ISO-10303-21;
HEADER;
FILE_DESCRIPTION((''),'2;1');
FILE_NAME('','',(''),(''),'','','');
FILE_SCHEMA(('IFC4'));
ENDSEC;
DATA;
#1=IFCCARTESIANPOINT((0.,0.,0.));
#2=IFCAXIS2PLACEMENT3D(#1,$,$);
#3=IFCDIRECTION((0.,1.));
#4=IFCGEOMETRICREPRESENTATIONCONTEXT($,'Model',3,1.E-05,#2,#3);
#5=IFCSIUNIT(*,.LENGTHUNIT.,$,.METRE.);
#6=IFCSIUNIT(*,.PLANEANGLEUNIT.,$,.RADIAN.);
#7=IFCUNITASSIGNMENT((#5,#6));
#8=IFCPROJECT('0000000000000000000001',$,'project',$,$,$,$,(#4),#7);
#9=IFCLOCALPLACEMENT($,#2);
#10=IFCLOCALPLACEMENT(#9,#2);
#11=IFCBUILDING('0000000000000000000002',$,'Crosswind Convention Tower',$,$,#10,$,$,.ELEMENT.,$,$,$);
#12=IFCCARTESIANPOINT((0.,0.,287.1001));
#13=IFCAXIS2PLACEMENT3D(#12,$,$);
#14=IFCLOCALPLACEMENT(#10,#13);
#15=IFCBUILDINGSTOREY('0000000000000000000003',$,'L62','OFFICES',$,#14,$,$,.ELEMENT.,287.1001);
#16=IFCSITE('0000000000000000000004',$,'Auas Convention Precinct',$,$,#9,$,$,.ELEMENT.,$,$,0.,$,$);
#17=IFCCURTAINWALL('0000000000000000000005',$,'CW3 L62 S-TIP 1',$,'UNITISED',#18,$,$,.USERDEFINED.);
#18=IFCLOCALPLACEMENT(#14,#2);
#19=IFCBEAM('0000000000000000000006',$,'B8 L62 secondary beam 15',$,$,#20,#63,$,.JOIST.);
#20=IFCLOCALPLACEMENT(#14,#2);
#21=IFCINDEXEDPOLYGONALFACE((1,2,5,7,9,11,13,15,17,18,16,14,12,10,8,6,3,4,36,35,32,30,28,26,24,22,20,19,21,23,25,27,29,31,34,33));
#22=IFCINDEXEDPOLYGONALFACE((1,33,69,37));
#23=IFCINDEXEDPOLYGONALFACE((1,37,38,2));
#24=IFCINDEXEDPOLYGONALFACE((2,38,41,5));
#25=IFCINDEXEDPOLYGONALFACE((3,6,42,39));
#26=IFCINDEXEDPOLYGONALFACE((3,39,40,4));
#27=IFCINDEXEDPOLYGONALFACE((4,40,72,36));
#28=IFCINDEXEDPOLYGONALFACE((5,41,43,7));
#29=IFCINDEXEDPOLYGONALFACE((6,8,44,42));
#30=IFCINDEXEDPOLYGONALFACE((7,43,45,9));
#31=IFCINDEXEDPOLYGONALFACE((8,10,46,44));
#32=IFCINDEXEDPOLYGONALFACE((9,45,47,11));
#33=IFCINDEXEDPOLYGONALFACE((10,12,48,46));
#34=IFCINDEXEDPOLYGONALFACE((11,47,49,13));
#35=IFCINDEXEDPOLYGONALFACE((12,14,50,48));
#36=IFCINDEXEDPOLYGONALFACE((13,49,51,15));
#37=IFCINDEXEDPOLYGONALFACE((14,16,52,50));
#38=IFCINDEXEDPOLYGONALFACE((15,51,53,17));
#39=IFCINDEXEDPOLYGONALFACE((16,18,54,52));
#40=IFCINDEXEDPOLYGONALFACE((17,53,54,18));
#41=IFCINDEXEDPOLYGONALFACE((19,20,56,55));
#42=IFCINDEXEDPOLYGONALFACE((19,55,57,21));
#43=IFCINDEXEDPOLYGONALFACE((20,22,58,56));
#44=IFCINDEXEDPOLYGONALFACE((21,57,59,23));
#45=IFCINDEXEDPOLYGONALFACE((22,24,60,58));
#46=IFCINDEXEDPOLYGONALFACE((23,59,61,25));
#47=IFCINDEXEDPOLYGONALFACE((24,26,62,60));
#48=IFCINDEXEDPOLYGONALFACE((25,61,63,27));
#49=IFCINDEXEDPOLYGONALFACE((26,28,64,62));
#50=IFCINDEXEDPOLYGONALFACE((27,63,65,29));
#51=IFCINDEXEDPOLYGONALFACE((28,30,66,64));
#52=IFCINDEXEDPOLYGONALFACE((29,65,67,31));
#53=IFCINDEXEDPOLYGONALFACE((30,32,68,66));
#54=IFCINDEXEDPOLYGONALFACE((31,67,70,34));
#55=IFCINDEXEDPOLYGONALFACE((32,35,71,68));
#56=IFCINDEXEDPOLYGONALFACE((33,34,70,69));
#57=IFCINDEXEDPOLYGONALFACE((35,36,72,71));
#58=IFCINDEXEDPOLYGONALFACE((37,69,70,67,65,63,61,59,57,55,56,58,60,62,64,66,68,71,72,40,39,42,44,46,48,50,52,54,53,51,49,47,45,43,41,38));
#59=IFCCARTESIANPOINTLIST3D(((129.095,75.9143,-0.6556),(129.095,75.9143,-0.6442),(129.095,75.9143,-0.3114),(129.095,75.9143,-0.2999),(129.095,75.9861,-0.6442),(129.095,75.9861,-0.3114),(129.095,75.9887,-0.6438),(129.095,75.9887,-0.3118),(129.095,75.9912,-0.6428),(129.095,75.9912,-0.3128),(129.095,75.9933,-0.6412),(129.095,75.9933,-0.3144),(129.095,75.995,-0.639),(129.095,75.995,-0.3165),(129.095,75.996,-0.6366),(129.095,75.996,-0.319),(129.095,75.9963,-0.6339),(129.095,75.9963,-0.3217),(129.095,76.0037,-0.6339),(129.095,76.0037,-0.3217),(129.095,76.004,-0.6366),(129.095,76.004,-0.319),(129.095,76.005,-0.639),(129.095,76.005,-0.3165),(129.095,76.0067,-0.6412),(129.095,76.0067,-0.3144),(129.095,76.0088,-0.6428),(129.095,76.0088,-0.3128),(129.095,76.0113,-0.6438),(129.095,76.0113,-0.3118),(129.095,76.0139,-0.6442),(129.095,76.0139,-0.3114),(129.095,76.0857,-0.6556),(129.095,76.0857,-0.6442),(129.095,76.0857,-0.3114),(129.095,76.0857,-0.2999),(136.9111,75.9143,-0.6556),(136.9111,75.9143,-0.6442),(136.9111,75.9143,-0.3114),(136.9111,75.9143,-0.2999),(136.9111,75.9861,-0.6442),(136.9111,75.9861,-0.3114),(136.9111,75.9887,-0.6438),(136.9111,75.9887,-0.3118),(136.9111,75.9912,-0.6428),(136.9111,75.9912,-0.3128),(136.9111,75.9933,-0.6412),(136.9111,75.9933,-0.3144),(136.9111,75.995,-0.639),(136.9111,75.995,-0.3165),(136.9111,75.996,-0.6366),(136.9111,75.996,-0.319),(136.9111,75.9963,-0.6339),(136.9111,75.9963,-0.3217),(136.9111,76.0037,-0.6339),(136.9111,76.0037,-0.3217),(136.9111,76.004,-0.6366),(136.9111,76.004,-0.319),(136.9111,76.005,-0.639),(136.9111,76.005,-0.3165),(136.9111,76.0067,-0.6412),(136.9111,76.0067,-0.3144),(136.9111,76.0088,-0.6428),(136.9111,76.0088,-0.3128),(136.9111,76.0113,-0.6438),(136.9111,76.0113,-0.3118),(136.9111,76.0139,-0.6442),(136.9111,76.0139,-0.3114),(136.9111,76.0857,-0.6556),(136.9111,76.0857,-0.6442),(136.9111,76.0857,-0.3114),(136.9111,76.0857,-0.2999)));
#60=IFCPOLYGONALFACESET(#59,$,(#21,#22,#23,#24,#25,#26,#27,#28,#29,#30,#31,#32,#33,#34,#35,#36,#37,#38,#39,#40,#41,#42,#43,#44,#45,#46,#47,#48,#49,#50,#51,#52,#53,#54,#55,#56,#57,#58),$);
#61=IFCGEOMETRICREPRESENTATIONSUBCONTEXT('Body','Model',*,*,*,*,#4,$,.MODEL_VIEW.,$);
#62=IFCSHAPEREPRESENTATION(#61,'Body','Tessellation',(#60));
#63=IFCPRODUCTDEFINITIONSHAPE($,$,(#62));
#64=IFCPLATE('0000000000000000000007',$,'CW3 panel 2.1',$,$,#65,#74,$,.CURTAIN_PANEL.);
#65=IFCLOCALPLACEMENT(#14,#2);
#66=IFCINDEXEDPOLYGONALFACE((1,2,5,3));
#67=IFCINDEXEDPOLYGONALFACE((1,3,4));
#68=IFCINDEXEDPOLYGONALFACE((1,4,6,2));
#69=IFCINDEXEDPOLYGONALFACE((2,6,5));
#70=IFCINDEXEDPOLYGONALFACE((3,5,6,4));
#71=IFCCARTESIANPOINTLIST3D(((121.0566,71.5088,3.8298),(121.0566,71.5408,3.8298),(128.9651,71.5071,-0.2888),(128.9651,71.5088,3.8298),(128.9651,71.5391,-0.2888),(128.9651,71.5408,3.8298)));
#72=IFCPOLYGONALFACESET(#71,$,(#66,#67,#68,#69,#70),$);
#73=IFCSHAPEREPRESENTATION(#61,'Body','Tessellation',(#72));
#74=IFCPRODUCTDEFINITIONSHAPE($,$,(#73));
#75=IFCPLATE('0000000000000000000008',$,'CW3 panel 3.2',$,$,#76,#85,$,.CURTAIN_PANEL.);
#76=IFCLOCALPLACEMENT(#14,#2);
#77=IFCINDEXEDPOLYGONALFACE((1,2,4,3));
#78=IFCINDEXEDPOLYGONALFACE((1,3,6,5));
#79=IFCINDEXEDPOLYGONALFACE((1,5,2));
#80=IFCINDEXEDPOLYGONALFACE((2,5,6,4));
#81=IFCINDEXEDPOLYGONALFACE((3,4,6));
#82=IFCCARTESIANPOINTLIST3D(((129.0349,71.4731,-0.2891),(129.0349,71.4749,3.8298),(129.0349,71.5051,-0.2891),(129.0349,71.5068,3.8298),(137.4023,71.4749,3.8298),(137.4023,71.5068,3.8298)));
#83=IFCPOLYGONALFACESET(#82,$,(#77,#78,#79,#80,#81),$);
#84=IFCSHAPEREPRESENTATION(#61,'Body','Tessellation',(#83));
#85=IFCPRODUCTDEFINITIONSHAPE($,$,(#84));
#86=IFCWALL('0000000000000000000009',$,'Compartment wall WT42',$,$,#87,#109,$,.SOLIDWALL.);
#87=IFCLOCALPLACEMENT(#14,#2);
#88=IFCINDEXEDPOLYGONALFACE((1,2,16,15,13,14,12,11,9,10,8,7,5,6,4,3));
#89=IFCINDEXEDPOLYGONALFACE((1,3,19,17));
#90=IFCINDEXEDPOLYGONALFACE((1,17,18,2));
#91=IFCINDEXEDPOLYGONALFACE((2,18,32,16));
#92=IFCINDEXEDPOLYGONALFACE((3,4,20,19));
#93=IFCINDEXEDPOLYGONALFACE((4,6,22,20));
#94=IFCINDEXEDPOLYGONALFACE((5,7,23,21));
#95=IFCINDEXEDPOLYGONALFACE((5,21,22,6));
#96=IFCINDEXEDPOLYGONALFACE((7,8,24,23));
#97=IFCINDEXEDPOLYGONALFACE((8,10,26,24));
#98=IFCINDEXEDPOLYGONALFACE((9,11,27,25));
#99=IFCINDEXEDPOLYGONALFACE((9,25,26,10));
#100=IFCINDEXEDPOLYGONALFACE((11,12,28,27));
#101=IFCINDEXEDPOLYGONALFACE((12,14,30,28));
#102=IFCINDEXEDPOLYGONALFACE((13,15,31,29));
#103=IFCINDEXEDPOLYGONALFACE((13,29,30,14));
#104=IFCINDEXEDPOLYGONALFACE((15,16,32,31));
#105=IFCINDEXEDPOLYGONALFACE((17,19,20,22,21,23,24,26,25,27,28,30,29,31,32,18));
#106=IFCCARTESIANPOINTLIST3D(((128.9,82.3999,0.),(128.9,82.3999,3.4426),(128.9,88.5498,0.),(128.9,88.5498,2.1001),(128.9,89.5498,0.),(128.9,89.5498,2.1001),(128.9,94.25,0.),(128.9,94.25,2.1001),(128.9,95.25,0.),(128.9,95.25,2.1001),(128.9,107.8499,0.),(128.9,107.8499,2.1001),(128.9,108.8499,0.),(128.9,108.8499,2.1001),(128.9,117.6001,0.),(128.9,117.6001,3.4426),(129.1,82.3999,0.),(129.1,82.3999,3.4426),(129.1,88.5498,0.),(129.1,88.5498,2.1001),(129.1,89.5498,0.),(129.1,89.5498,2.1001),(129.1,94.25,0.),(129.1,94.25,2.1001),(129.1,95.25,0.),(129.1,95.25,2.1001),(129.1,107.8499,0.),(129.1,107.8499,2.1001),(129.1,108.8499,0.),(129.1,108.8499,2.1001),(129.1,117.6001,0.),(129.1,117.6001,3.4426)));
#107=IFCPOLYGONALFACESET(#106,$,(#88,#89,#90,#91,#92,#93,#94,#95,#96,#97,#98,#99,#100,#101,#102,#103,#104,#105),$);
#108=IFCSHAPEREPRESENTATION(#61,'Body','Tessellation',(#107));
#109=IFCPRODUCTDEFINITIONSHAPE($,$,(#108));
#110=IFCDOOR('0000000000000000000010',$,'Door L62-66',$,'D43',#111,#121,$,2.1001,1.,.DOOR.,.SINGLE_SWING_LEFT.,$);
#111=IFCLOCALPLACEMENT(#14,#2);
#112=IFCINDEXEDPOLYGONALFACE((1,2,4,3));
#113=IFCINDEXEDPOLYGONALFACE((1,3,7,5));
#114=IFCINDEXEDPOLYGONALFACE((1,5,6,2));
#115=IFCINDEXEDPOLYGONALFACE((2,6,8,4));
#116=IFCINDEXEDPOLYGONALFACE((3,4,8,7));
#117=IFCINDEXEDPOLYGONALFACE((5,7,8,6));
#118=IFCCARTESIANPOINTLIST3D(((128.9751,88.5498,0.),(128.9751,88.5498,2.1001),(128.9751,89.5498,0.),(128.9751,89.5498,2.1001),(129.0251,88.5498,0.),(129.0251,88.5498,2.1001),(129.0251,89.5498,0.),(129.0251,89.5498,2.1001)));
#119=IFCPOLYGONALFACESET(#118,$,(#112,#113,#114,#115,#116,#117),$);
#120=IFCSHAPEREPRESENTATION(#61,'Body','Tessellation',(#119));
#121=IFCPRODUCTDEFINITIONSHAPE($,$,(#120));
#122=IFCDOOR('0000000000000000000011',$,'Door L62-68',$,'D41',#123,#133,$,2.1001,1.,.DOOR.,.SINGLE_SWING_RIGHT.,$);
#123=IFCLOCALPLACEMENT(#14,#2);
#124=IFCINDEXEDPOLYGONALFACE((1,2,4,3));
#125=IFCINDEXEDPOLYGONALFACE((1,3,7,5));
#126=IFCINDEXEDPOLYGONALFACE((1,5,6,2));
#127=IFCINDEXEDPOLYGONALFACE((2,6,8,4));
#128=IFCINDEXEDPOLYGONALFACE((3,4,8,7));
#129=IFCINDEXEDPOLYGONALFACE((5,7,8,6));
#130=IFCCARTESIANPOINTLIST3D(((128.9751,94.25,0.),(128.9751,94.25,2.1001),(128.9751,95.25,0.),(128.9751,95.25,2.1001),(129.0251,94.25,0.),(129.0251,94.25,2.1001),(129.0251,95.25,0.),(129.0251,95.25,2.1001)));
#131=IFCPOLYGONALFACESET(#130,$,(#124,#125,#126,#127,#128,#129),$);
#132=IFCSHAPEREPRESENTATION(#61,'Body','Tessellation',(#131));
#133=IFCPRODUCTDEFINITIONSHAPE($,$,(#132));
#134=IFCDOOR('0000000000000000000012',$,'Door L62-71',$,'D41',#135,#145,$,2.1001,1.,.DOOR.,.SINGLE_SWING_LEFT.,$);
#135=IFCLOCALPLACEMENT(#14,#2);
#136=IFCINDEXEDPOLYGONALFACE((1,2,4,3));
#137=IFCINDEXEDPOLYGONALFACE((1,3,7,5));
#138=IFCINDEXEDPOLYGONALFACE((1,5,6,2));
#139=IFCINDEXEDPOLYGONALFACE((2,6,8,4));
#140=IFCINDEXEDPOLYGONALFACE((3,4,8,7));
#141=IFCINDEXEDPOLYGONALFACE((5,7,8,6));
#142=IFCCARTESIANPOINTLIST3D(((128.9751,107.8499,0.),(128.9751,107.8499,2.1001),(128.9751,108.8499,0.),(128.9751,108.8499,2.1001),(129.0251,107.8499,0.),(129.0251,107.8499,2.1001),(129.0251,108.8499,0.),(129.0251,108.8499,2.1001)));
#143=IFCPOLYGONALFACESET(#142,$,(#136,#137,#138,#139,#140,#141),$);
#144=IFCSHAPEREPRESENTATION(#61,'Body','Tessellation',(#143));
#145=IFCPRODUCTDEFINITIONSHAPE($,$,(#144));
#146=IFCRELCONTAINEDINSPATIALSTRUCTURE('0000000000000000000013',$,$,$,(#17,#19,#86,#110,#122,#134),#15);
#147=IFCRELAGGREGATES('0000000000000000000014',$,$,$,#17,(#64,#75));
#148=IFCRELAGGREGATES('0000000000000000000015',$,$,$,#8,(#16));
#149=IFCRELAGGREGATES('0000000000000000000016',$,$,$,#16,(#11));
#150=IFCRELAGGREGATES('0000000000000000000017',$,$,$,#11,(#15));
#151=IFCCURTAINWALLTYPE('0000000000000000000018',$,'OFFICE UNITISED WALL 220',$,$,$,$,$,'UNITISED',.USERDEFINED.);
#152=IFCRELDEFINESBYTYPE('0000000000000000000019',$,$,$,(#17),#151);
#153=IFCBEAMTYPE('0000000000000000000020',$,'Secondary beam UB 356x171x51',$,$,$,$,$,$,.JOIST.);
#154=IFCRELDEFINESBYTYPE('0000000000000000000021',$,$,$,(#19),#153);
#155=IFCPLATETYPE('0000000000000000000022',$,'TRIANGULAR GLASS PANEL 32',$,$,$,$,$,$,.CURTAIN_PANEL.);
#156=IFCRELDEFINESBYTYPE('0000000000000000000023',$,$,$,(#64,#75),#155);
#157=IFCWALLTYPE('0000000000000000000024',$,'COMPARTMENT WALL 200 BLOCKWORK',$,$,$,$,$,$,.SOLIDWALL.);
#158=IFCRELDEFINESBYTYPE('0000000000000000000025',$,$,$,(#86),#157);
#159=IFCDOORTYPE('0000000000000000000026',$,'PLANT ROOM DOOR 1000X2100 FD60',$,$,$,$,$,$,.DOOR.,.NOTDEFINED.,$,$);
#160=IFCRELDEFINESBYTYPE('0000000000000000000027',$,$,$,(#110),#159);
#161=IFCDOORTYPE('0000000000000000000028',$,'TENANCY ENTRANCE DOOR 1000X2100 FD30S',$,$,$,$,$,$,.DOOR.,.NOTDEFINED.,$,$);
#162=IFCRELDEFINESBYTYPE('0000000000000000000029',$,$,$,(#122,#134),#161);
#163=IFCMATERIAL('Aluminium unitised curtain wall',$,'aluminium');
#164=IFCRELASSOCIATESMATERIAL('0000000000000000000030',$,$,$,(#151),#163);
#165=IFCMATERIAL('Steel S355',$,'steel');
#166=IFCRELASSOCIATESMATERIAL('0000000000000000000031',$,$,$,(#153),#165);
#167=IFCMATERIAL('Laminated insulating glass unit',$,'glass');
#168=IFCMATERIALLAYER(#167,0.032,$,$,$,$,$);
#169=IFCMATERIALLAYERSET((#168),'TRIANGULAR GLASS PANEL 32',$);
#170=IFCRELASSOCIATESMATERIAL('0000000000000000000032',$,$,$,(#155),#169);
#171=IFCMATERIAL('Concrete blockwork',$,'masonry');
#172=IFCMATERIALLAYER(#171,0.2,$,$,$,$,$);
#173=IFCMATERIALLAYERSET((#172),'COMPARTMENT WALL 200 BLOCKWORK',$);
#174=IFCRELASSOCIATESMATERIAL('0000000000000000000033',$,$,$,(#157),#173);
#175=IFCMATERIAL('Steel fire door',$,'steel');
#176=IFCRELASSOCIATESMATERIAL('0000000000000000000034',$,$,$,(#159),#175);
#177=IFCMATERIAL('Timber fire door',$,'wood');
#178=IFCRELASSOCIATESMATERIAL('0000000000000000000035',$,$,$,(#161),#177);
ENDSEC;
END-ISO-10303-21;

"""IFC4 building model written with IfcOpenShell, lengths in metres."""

from ifc_helpers import new_model, si_unit, direction, frame, frame_2d, origin, origin_2d, place, context, subcontext, project, spatial, polyline, rectangle, i_section, outline, extrude, material, layer, layer_set, material_profile, profile_set, type_object, element, fill, aggregate, save


model = new_model("IFC4")

# Units and contexts
model_context = context("Model", 3, precision=1e-05, world=origin(), true_north=direction((0.0, 1.0)))
body_context = subcontext(model_context, "Body", "Model", "MODEL_VIEW")
ifc_project = project(units=[si_unit("LENGTHUNIT", "METRE"), si_unit("PLANEANGLEUNIT", "RADIAN")], contexts=[model_context])

# Site, building, storey
site_placement = place(None, origin())
site = spatial("IfcSite", under=ifc_project, at=site_placement, Name="Auas Convention Precinct", CompositionType="ELEMENT", RefElevation=0.0)
building_placement = place(site_placement, origin())
building = spatial("IfcBuilding", under=site, at=building_placement, Name="Crosswind Convention Tower", CompositionType="ELEMENT")
storey_placement = place(building_placement, frame((0.0, 0.0, 287.1001)))
storey = spatial("IfcBuildingStorey", under=building, at=storey_placement, Name="L62", Description="OFFICES", CompositionType="ELEMENT", Elevation=287.1001)

# Shared definitions
ifc_material_1 = material(Name="Steel S355", Category="steel")

# Curtain wall
ifc_material_2 = material(Name="Aluminium unitised curtain wall", Category="aluminium")
curtain_wall_type = type_object("IfcCurtainWallType", Name="OFFICE UNITISED WALL 220", ElementType="UNITISED", PredefinedType="USERDEFINED", material=ifc_material_2)
curtain_wall_placement = place(storey_placement, origin())
curtain_wall = element("IfcCurtainWall", 1, at=curtain_wall_placement, inside=storey, type_object=curtain_wall_type, Name="CW3 L62 S-TIP 1", ObjectType="UNITISED", PredefinedType="USERDEFINED")

# Beam
ifc_material_profile_1 = material_profile(ifc_material_1, i_section(OverallWidth=0.1714, OverallDepth=0.3557, WebThickness=0.0073, FlangeThickness=0.0115, FilletRadius=0.0103, at=origin_2d()), Name="UB 356x171x51")
ifc_profile_set_1 = profile_set([ifc_material_profile_1], Name="Steel S355")
beam_type_1 = type_object("IfcBeamType", Name="Secondary beam UB 356x171x51", PredefinedType="JOIST", material=ifc_profile_set_1)
beam_1_placement = place(storey_placement, frame((129.095, 76.0, -0.4778), z_axis=(1.0, 0.0, 0.0), x_axis=(0.0, 1.0, 0.0)))
element("IfcBeam", 2, at=beam_1_placement, inside=storey, type_object=beam_type_1, Name="B8 L62 secondary beam 15", PredefinedType="JOIST", context=body_context, shape_type="SweptSolid", body=[
    extrude(i_section(OverallWidth=0.1714, OverallDepth=0.3557, WebThickness=0.0073, FlangeThickness=0.0115, FilletRadius=0.0103, at=origin_2d()), origin(), (0.0, 0.0, 1.0), 7.8162),
])

# Plates
ifc_material_3 = material(Name="Laminated insulating glass unit", Category="glass")
ifc_layer_1 = layer(ifc_material_3, 0.032)
ifc_layer_set_1 = layer_set([ifc_layer_1], Name="TRIANGULAR GLASS PANEL 32")
plate_type = type_object("IfcPlateType", Name="TRIANGULAR GLASS PANEL 32", PredefinedType="CURTAIN_PANEL", material=ifc_layer_set_1)
plate_1_placement = place(storey_placement, frame((128.9651, 71.5088, 3.8298), z_axis=(0.0, -1.0, 0.000415), x_axis=(-1.0, 0.0, 0.0)))
plate_1 = element("IfcPlate", 3, at=plate_1_placement, type_object=plate_type, Name="CW3 panel 2.1", PredefinedType="CURTAIN_PANEL", context=body_context, shape_type="SweptSolid", body=[
    extrude(outline(polyline([(0.0, 0.0), (7.9084, 0.0), (0.0, 4.1187), (0.0, 0.0)])), origin(), (0.0, 0.0, -1.0), 0.032),
])
plate_2_placement = place(storey_placement, frame((129.0349, 71.4749, 3.8298), z_axis=(0.0, -1.0, 0.000415), x_axis=(0.0, -0.000415, -1.0)))
plate_2 = element("IfcPlate", 4, at=plate_2_placement, type_object=plate_type, Name="CW3 panel 3.2", PredefinedType="CURTAIN_PANEL", context=body_context, shape_type="SweptSolid", body=[
    extrude(outline(polyline([(0.0, 0.0), (4.1189, 0.0), (0.0, 8.3674), (0.0, 0.0)])), origin(), (0.0, 0.0, -1.0), 0.032),
])
aggregate(curtain_wall, [plate_1, plate_2])

# Wall, openings, doors
ifc_material_4 = material(Name="Concrete blockwork", Category="masonry")
ifc_layer_2 = layer(ifc_material_4, 0.2)
ifc_layer_set_2 = layer_set([ifc_layer_2], Name="COMPARTMENT WALL 200 BLOCKWORK")
wall_type_1 = type_object("IfcWallType", Name="COMPARTMENT WALL 200 BLOCKWORK", PredefinedType="SOLIDWALL", material=ifc_layer_set_2)
wall_1_placement = place(storey_placement, frame((129.0, 82.3999, 0.0), z_axis=(0.0, 0.0, 1.0), x_axis=(0.0, 1.0, 0.0)))
wall_1 = element("IfcWall", 5, at=wall_1_placement, inside=storey, type_object=wall_type_1, Name="Compartment wall WT42", PredefinedType="SOLIDWALL", context=body_context, shape_type="SweptSolid", body=[
    extrude(rectangle(XDim=35.2002, YDim=0.2, at=frame_2d((17.6001, 0.0))), origin(), (0.0, 0.0, 1.0), 3.4426),
])
opening_1_placement = place(wall_1_placement, frame((6.1499, 0.0, 0.0)))
opening_1 = element("IfcOpeningElement", 6, at=opening_1_placement, cuts=wall_1, PredefinedType="OPENING", context=body_context, shape_type="SweptSolid", body=[
    extrude(rectangle(XDim=1.0, YDim=2.1001, at=frame_2d((0.5, 1.05))), frame((0.0, 0.1099, 0.0), z_axis=(0.0, -1.0, 0.0), x_axis=(1.0, 0.0, 0.0)), (0.0, 0.0, 1.0), 0.22),
])
opening_2_placement = place(wall_1_placement, frame((11.8501, 0.0, 0.0)))
opening_2 = element("IfcOpeningElement", 7, at=opening_2_placement, cuts=wall_1, PredefinedType="OPENING", context=body_context, shape_type="SweptSolid", body=[
    extrude(rectangle(XDim=1.0, YDim=2.1001, at=frame_2d((0.5, 1.05))), frame((0.0, 0.1099, 0.0), z_axis=(0.0, -1.0, 0.0), x_axis=(1.0, 0.0, 0.0)), (0.0, 0.0, 1.0), 0.22),
])
opening_3_placement = place(wall_1_placement, frame((25.45, 0.0, 0.0)))
opening_3 = element("IfcOpeningElement", 8, at=opening_3_placement, cuts=wall_1, PredefinedType="OPENING", context=body_context, shape_type="SweptSolid", body=[
    extrude(rectangle(XDim=1.0, YDim=2.1001, at=frame_2d((0.5, 1.05))), frame((0.0, 0.1099, 0.0), z_axis=(0.0, -1.0, 0.0), x_axis=(1.0, 0.0, 0.0)), (0.0, 0.0, 1.0), 0.22),
])
ifc_material_5 = material(Name="Steel fire door", Category="steel")
door_type_1 = type_object("IfcDoorType", Name="PLANT ROOM DOOR 1000X2100 FD60", OperationType="NOTDEFINED", PredefinedType="DOOR", material=ifc_material_5)
door_1_placement = place(opening_1_placement, origin())
door_1 = element("IfcDoor", 9, at=door_1_placement, inside=storey, type_object=door_type_1, Name="Door L62-66", ObjectType="D43", OperationType="SINGLE_SWING_LEFT", OverallHeight=2.1001, OverallWidth=1.0, PredefinedType="DOOR", context=body_context, shape_type="SweptSolid", body=[
    extrude(rectangle(XDim=1.0, YDim=2.1001, at=frame_2d((0.5, 1.05))), frame((0.0, 0.0249, 0.0), z_axis=(0.0, -1.0, 0.0), x_axis=(1.0, 0.0, 0.0)), (0.0, 0.0, 1.0), 0.05),
])
fill(opening_1, door_1)
ifc_material_6 = material(Name="Timber fire door", Category="wood")
door_type_2 = type_object("IfcDoorType", Name="TENANCY ENTRANCE DOOR 1000X2100 FD30S", OperationType="NOTDEFINED", PredefinedType="DOOR", material=ifc_material_6)
door_2_placement = place(opening_2_placement, origin())
door_2 = element("IfcDoor", 10, at=door_2_placement, inside=storey, type_object=door_type_2, Name="Door L62-68", ObjectType="D41", OperationType="SINGLE_SWING_RIGHT", OverallHeight=2.1001, OverallWidth=1.0, PredefinedType="DOOR", context=body_context, shape_type="SweptSolid", body=[
    extrude(rectangle(XDim=1.0, YDim=2.1001, at=frame_2d((0.5, 1.05))), frame((0.0, 0.0249, 0.0), z_axis=(0.0, -1.0, 0.0), x_axis=(1.0, 0.0, 0.0)), (0.0, 0.0, 1.0), 0.05),
])
fill(opening_2, door_2)
door_3_placement = place(opening_3_placement, origin())
door_3 = element("IfcDoor", 11, at=door_3_placement, inside=storey, type_object=door_type_2, Name="Door L62-71", ObjectType="D41", OperationType="SINGLE_SWING_LEFT", OverallHeight=2.1001, OverallWidth=1.0, PredefinedType="DOOR", context=body_context, shape_type="SweptSolid", body=[
    extrude(rectangle(XDim=1.0, YDim=2.1001, at=frame_2d((0.5, 1.05))), frame((0.0, 0.0249, 0.0), z_axis=(0.0, -1.0, 0.0), x_axis=(1.0, 0.0, 0.0)), (0.0, 0.0, 1.0), 0.05),
])
fill(opening_3, door_3)

save(model, "model.ifc")
